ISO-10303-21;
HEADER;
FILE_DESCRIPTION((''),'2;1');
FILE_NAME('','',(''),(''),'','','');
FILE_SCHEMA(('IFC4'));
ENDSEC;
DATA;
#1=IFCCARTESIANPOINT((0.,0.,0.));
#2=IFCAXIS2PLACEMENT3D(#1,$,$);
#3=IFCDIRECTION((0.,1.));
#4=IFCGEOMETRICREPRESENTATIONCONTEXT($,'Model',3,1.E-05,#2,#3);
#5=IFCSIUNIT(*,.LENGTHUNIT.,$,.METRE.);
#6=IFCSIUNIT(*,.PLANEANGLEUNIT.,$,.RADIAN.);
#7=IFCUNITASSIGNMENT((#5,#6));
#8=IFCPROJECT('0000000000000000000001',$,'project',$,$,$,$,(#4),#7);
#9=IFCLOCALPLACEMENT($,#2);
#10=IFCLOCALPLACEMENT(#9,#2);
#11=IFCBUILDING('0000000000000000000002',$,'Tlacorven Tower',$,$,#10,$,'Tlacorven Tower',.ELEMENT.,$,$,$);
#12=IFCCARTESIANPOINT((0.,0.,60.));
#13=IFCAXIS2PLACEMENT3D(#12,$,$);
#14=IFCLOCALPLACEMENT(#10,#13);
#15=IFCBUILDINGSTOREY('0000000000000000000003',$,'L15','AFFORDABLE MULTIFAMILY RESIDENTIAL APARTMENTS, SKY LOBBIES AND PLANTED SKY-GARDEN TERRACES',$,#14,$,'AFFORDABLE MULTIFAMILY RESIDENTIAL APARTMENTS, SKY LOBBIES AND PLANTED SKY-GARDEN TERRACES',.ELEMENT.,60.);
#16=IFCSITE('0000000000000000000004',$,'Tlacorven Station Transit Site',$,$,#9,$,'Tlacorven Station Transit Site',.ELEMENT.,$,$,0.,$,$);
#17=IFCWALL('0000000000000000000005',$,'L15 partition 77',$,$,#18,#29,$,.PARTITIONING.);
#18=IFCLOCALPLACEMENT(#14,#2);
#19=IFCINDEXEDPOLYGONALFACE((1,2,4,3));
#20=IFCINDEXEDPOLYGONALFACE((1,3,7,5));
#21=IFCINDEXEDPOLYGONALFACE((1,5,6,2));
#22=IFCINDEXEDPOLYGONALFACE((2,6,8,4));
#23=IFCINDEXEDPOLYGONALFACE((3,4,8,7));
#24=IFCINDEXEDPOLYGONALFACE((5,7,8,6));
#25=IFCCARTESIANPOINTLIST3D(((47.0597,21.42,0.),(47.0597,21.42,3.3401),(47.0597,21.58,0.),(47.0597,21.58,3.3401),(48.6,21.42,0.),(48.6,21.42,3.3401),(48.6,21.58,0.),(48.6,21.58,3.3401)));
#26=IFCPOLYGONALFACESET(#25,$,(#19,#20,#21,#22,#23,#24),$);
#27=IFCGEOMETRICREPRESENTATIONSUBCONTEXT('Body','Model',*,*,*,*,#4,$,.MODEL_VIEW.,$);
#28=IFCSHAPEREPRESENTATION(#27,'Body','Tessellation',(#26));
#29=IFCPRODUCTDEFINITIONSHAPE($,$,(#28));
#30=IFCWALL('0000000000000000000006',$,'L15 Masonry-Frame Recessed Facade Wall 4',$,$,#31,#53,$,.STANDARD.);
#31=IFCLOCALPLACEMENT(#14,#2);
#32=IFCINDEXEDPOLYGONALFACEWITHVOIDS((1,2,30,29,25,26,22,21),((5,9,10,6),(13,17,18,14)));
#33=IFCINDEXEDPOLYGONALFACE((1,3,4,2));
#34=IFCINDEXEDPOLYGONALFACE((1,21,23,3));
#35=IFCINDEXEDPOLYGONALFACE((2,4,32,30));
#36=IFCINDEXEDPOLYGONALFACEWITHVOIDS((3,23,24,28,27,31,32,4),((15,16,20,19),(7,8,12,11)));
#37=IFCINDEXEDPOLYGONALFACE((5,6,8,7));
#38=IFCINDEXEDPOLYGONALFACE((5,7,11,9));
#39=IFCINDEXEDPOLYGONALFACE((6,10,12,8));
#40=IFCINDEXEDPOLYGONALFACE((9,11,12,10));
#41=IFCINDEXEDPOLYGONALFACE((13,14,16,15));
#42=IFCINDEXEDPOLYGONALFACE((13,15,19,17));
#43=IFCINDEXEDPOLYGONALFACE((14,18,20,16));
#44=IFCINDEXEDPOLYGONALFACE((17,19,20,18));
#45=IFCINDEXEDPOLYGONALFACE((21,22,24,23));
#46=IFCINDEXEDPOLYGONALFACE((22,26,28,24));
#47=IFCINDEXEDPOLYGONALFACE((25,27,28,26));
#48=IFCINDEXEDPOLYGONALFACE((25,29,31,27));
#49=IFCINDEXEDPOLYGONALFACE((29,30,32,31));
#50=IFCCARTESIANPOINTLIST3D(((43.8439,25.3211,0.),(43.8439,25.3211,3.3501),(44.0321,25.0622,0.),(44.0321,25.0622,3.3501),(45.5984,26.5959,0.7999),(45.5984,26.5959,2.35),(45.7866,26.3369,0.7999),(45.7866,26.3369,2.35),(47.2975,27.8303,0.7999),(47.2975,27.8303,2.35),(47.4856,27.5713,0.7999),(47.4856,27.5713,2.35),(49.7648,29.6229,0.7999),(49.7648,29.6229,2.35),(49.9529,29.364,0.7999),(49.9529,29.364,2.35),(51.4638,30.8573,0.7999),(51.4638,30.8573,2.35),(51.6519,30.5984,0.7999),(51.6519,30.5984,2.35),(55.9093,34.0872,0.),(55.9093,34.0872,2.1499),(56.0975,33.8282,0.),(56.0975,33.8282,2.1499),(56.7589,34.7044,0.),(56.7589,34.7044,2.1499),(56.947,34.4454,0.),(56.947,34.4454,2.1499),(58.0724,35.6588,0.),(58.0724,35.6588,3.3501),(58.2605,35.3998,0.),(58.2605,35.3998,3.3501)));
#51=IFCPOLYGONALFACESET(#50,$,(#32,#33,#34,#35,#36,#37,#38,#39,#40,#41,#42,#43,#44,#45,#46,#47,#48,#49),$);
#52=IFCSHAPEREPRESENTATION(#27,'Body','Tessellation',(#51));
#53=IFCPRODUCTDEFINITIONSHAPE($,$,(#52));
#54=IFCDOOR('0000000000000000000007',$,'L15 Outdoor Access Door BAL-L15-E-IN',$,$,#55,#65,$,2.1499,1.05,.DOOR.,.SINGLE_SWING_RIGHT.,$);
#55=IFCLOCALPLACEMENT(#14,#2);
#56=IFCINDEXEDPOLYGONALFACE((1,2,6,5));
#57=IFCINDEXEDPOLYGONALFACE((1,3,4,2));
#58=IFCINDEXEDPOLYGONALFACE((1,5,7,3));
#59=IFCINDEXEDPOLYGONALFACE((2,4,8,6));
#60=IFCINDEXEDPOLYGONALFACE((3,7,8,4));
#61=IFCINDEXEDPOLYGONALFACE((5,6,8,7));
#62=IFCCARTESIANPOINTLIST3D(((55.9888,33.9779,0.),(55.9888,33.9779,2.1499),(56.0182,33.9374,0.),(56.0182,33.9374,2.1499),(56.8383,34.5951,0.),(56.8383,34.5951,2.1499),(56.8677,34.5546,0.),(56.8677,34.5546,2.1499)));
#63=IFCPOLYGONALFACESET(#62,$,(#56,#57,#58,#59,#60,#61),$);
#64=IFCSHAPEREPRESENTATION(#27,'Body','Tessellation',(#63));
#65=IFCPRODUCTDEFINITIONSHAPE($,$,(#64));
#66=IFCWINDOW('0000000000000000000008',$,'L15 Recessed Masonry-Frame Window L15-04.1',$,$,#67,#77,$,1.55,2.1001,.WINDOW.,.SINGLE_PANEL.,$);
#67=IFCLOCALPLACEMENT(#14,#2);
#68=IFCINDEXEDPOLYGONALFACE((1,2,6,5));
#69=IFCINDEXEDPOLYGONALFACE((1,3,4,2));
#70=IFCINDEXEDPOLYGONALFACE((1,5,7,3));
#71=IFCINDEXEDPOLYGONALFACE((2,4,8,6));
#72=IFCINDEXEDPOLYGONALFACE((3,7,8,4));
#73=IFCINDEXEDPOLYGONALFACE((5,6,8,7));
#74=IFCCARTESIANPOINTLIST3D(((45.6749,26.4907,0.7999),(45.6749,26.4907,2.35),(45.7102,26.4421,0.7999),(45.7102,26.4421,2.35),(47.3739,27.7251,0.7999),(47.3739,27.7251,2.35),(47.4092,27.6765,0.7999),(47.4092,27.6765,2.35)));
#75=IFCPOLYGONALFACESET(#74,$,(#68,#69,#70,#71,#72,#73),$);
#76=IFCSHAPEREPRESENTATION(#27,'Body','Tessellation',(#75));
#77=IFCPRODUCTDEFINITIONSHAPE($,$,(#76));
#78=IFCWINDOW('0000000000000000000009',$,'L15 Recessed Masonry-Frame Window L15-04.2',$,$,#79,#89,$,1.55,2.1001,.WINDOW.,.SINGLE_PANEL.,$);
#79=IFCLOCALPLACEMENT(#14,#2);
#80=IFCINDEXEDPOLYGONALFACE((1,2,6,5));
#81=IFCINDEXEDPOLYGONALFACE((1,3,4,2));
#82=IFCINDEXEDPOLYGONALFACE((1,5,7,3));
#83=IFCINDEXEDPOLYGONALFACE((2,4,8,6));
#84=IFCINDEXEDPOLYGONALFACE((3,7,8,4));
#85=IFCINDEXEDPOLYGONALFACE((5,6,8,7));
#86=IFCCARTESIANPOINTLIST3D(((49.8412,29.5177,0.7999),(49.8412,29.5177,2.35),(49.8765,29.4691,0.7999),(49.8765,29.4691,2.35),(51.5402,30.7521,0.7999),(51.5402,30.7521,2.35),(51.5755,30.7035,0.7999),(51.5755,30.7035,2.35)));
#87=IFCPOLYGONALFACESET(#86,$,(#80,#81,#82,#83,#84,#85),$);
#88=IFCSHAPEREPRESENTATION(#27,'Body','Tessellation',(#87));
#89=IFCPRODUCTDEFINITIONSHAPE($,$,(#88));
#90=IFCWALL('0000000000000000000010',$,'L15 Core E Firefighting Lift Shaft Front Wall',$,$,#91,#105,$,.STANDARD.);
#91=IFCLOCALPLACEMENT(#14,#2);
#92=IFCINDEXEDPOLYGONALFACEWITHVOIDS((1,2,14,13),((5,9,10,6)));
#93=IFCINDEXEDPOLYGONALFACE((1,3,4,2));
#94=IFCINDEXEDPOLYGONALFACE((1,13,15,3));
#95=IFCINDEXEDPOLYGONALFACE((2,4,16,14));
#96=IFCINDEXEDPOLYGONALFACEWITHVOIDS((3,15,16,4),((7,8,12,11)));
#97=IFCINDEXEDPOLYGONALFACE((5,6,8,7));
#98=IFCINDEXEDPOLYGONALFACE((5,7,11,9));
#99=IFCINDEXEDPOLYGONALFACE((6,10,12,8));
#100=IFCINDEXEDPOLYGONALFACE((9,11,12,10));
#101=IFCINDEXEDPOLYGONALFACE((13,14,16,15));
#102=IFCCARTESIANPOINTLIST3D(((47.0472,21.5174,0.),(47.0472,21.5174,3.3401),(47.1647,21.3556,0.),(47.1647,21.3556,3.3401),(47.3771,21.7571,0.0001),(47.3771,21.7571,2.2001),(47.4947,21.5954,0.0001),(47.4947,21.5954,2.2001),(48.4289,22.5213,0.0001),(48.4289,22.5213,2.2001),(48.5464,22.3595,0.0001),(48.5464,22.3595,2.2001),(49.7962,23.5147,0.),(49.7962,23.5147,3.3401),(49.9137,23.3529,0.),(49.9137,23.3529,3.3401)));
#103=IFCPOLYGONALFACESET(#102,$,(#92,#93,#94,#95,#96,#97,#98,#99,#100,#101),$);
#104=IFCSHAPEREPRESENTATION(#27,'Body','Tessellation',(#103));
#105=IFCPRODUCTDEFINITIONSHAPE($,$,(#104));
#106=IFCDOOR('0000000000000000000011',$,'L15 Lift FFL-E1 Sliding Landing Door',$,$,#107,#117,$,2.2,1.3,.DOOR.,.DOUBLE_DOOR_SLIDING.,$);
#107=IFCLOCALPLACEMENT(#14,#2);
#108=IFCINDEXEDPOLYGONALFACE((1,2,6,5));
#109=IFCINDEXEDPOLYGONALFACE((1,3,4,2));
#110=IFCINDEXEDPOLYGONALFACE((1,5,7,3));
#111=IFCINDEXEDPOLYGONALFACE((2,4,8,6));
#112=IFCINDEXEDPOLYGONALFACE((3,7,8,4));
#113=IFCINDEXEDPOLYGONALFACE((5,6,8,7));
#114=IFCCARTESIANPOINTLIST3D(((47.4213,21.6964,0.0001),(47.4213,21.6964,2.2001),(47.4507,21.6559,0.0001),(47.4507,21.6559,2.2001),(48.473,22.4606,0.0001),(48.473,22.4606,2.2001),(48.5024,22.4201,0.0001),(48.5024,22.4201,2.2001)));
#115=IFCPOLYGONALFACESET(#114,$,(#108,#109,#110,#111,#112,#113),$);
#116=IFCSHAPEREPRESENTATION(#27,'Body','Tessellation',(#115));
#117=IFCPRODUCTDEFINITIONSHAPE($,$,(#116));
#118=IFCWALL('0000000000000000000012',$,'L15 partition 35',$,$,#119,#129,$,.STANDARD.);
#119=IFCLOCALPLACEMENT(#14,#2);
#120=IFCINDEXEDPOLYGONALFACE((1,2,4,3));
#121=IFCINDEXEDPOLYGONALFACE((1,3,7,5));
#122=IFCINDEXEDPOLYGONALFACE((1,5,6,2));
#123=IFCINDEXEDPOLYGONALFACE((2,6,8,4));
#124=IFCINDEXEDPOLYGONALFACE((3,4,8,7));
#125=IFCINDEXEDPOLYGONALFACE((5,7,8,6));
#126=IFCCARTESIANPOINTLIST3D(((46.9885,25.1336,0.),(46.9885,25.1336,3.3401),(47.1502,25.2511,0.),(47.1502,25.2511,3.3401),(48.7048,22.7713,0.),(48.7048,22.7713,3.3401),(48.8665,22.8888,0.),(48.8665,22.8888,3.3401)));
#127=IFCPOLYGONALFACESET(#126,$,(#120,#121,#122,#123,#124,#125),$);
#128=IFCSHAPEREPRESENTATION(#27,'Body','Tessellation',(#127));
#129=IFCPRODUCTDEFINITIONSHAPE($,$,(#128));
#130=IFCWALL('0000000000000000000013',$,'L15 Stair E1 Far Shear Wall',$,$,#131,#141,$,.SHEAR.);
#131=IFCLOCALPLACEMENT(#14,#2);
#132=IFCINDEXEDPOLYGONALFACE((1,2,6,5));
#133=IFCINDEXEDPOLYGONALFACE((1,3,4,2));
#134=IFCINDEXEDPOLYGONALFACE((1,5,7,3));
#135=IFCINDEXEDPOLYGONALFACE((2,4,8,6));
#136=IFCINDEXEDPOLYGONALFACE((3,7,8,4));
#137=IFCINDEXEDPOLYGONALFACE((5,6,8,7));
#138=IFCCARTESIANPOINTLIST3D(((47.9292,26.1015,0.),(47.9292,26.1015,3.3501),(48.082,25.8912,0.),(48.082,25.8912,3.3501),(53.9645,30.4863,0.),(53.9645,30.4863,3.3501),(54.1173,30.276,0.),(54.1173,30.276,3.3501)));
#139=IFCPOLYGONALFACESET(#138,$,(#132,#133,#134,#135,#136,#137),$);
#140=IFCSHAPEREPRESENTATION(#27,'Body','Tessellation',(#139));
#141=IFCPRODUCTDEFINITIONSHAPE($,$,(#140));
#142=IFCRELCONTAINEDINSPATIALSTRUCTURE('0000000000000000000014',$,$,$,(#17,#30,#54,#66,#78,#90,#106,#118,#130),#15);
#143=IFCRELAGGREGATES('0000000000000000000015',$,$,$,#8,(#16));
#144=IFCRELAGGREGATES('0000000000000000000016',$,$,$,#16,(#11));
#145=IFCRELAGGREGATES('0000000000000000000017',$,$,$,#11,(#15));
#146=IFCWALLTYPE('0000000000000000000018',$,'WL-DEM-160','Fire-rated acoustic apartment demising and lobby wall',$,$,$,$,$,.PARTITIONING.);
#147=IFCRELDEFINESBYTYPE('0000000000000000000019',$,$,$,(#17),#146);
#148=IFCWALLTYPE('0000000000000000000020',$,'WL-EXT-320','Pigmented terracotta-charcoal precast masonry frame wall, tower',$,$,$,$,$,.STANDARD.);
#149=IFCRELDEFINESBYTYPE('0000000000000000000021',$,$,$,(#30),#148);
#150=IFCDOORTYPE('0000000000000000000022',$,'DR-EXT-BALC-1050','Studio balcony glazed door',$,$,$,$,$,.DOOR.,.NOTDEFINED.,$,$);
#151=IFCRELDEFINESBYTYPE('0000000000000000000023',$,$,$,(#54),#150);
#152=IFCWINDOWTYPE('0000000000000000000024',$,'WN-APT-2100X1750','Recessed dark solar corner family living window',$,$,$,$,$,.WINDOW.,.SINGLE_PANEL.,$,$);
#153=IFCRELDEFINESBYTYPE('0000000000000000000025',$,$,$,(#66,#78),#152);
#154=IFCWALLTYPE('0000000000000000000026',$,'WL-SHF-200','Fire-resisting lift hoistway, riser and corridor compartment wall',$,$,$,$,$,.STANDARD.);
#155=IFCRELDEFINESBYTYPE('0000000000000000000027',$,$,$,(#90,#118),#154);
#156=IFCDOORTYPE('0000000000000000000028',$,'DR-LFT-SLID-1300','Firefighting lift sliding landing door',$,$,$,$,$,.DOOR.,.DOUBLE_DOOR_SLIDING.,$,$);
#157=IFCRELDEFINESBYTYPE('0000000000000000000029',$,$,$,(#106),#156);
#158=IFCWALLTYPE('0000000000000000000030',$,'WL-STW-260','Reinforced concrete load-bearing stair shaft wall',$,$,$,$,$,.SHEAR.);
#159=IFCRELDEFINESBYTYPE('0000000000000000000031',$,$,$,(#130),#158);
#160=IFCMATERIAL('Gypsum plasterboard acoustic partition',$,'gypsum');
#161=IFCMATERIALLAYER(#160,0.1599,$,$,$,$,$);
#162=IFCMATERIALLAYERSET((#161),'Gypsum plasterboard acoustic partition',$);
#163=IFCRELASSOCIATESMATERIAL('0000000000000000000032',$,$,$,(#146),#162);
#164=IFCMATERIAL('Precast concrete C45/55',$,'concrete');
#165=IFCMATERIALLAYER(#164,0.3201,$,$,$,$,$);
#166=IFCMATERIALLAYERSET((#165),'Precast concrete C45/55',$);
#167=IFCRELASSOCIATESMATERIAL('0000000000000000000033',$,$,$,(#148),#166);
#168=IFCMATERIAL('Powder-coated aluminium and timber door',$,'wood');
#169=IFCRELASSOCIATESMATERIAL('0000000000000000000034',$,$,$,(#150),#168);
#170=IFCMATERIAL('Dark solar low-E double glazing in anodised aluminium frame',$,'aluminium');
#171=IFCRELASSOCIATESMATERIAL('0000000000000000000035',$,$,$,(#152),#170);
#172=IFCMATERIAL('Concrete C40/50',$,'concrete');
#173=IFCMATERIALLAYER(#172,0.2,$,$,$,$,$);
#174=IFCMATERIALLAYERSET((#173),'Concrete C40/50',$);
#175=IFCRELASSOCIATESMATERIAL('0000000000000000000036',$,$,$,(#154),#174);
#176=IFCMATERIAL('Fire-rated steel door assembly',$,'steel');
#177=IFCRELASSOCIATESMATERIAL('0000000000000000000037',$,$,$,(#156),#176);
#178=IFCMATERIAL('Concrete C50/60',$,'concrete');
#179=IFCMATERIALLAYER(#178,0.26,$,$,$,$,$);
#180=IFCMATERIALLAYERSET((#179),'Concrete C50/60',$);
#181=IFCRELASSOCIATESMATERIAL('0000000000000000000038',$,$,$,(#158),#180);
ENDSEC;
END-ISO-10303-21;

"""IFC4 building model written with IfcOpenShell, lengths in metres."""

from ifc_helpers import new_model, si_unit, direction, frame, frame_2d, origin, place, context, subcontext, project, spatial, rectangle, extrude, source, transform, mapped, material, layer, layer_set, type_object, element, fill, save


model = new_model("IFC4")

# Units and contexts
model_context = context("Model", 3, precision=1e-05, world=origin(), true_north=direction((0.0, 1.0)))
body_context = subcontext(model_context, "Body", "Model", "MODEL_VIEW")
ifc_project = project(units=[si_unit("LENGTHUNIT", "METRE"), si_unit("PLANEANGLEUNIT", "RADIAN")], contexts=[model_context])

# Site, building, storey
site_placement = place(None, origin())
site = spatial("IfcSite", under=ifc_project, at=site_placement, Name="Tlacorven Station Transit Site", LongName="Tlacorven Station Transit Site", CompositionType="ELEMENT", RefElevation=0.0)
building_placement = place(site_placement, origin())
building = spatial("IfcBuilding", under=site, at=building_placement, Name="Tlacorven Tower", LongName="Tlacorven Tower", CompositionType="ELEMENT")
storey_placement = place(building_placement, frame((0.0, 0.0, 60.0)))
storey = spatial("IfcBuildingStorey", under=building, at=storey_placement, Name="L15", Description="AFFORDABLE MULTIFAMILY RESIDENTIAL APARTMENTS, SKY LOBBIES AND PLANTED SKY-GARDEN TERRACES", LongName="AFFORDABLE MULTIFAMILY RESIDENTIAL APARTMENTS, SKY LOBBIES AND PLANTED SKY-GARDEN TERRACES", CompositionType="ELEMENT", Elevation=60.0)

# Wall
ifc_material_1 = material(Name="Gypsum plasterboard acoustic partition", Category="gypsum")
ifc_layer_1 = layer(ifc_material_1, 0.1599)
ifc_layer_set_1 = layer_set([ifc_layer_1], Name="Gypsum plasterboard acoustic partition")
wall_type_1 = type_object("IfcWallType", Name="WL-DEM-160", Description="Fire-rated acoustic apartment demising and lobby wall", PredefinedType="PARTITIONING", material=ifc_layer_set_1)
wall_1_placement = place(storey_placement, frame((47.0598, 21.5, 0.0), z_axis=(0.0, 0.0, 1.0), x_axis=(1.0, 0.0, 0.0)))
element("IfcWall", 1, at=wall_1_placement, inside=storey, type_object=wall_type_1, Name="L15 partition 77", PredefinedType="PARTITIONING", context=body_context, shape_type="SweptSolid", body=[
    extrude(rectangle(XDim=1.5403, YDim=0.1599, at=frame_2d((0.77, 0.0))), origin(), (0.0, 0.0, 1.0), 3.3401),
])

# Wall, openings, door, windows
ifc_material_2 = material(Name="Precast concrete C45/55", Category="concrete")
ifc_layer_2 = layer(ifc_material_2, 0.3201)
ifc_layer_set_2 = layer_set([ifc_layer_2], Name="Precast concrete C45/55")
wall_type_2 = type_object("IfcWallType", Name="WL-EXT-320", Description="Pigmented terracotta-charcoal precast masonry frame wall, tower", PredefinedType="STANDARD", material=ifc_layer_set_2)
wall_2_placement = place(storey_placement, frame((43.938, 25.1917, 0.0), z_axis=(0.0, 0.0, 1.0), x_axis=(0.809016, 0.587786, 0.0)))
wall_2 = element("IfcWall", 2, at=wall_2_placement, inside=storey, type_object=wall_type_2, Name="L15 Masonry-Frame Recessed Facade Wall 4", PredefinedType="STANDARD", context=body_context, shape_type="SweptSolid", body=[
    extrude(rectangle(XDim=17.5874, YDim=0.3201, at=frame_2d((8.7937, 0.0))), origin(), (0.0, 0.0, 1.0), 3.3501),
])
opening_1_placement = place(wall_2_placement, frame((14.9138, 0.0, 0.0)))
opening_1 = element("IfcOpeningElement", 3, at=opening_1_placement, cuts=wall_2, PredefinedType="OPENING", context=body_context, shape_type="SweptSolid", body=[
    extrude(rectangle(XDim=1.05, YDim=2.1499, at=frame_2d((0.5249, 1.075))), frame((0.0, 0.1699, 0.0), z_axis=(0.0, -1.0, 0.0), x_axis=(1.0, 0.0, 0.0)), (0.0, 0.0, 1.0), 0.3401),
])
opening_2_placement = place(wall_2_placement, frame((2.1687, 0.0, 0.8)))
opening_2 = element("IfcOpeningElement", 4, at=opening_2_placement, cuts=wall_2, PredefinedType="OPENING", context=body_context, shape_type="SweptSolid", body=[
    extrude(rectangle(XDim=2.1001, YDim=1.55, at=frame_2d((1.05, 0.7749))), frame((0.0, 0.1699, 0.0), z_axis=(0.0, -1.0, 0.0), x_axis=(1.0, 0.0, 0.0)), (0.0, 0.0, 1.0), 0.3401),
])
opening_3_placement = place(wall_2_placement, frame((7.3186, 0.0, 0.8)))
opening_3 = element("IfcOpeningElement", 5, at=opening_3_placement, cuts=wall_2, PredefinedType="OPENING", context=body_context, shape_type="SweptSolid", body=[
    extrude(rectangle(XDim=2.1001, YDim=1.55, at=frame_2d((1.05, 0.7749))), frame((0.0, 0.1699, 0.0), z_axis=(0.0, -1.0, 0.0), x_axis=(1.0, 0.0, 0.0)), (0.0, 0.0, 1.0), 0.3401),
])
ifc_material_3 = material(Name="Powder-coated aluminium and timber door", Category="wood")
door_type_1 = type_object("IfcDoorType", Name="DR-EXT-BALC-1050", Description="Studio balcony glazed door", OperationType="NOTDEFINED", PredefinedType="DOOR", material=ifc_material_3)
shared_shape_1 = source(origin(), body_context, "Body", "SweptSolid", [
    extrude(rectangle(XDim=1.05, YDim=2.1499, at=frame_2d((0.5249, 1.075))), frame((0.0, 0.0249, 0.0), z_axis=(0.0, -1.0, 0.0), x_axis=(1.0, 0.0, 0.0)), (0.0, 0.0, 1.0), 0.05),
])
door_1_placement = place(opening_1_placement, origin())
door_1 = element("IfcDoor", 6, at=door_1_placement, inside=storey, type_object=door_type_1, Name="L15 Outdoor Access Door BAL-L15-E-IN", OperationType="SINGLE_SWING_RIGHT", OverallHeight=2.1499, OverallWidth=1.05, PredefinedType="DOOR", context=body_context, shape_type="MappedRepresentation", body=[
    mapped(shared_shape_1, transform((0.0, 0.0, 0.0), scale=1.0)),
])
fill(opening_1, door_1)
ifc_material_4 = material(Name="Dark solar low-E double glazing in anodised aluminium frame", Category="aluminium")
window_type = type_object("IfcWindowType", Name="WN-APT-2100X1750", Description="Recessed dark solar corner family living window", PartitioningType="SINGLE_PANEL", PredefinedType="WINDOW", material=ifc_material_4)
shared_shape_2 = source(origin(), body_context, "Body", "SweptSolid", [
    extrude(rectangle(XDim=2.1001, YDim=1.55, at=frame_2d((1.05, 0.7749))), frame((0.0, 0.03, 0.0), z_axis=(0.0, -1.0, 0.0), x_axis=(1.0, 0.0, 0.0)), (0.0, 0.0, 1.0), 0.0601),
])
window_1_placement = place(opening_2_placement, origin())
window_1 = element("IfcWindow", 7, at=window_1_placement, inside=storey, type_object=window_type, Name="L15 Recessed Masonry-Frame Window L15-04.1", OverallHeight=1.55, OverallWidth=2.1001, PartitioningType="SINGLE_PANEL", PredefinedType="WINDOW", context=body_context, shape_type="MappedRepresentation", body=[
    mapped(shared_shape_2, transform((0.0, 0.0, 0.0), scale=1.0)),
])
fill(opening_2, window_1)
window_2_placement = place(opening_3_placement, origin())
window_2 = element("IfcWindow", 8, at=window_2_placement, inside=storey, type_object=window_type, Name="L15 Recessed Masonry-Frame Window L15-04.2", OverallHeight=1.55, OverallWidth=2.1001, PartitioningType="SINGLE_PANEL", PredefinedType="WINDOW", context=body_context, shape_type="MappedRepresentation", body=[
    mapped(shared_shape_2, transform((0.0, 0.0, 0.0), scale=1.0)),
])
fill(opening_3, window_2)

# Wall, opening, door
ifc_material_5 = material(Name="Concrete C40/50", Category="concrete")
ifc_layer_3 = layer(ifc_material_5, 0.2)
ifc_layer_set_3 = layer_set([ifc_layer_3], Name="Concrete C40/50")
wall_type_3 = type_object("IfcWallType", Name="WL-SHF-200", Description="Fire-resisting lift hoistway, riser and corridor compartment wall", PredefinedType="STANDARD", material=ifc_layer_set_3)
wall_3_placement = place(storey_placement, frame((47.106, 21.4365, 0.0), z_axis=(0.0, 0.0, 1.0), x_axis=(0.809013, 0.587791, 0.0)))
wall_3 = element("IfcWall", 9, at=wall_3_placement, inside=storey, type_object=wall_type_3, Name="L15 Core E Firefighting Lift Shaft Front Wall", PredefinedType="STANDARD", context=body_context, shape_type="SweptSolid", body=[
    extrude(rectangle(XDim=3.3979, YDim=0.2, at=frame_2d((1.699, 0.0))), origin(), (0.0, 0.0, 1.0), 3.3401),
])
opening_4_placement = place(wall_3_placement, frame((0.408, 0.0, 0.0)))
opening_4 = element("IfcOpeningElement", 10, at=opening_4_placement, cuts=wall_3, PredefinedType="OPENING", context=body_context, shape_type="SweptSolid", body=[
    extrude(rectangle(XDim=1.3, YDim=2.2, at=frame_2d((0.6499, 1.1001))), frame((0.0, 0.1099, 0.0), z_axis=(0.0, -1.0, 0.0), x_axis=(1.0, 0.0, 0.0)), (0.0, 0.0, 1.0), 0.22),
])
ifc_material_6 = material(Name="Fire-rated steel door assembly", Category="steel")
door_type_2 = type_object("IfcDoorType", Name="DR-LFT-SLID-1300", Description="Firefighting lift sliding landing door", OperationType="DOUBLE_DOOR_SLIDING", PredefinedType="DOOR", material=ifc_material_6)
shared_shape_3 = source(origin(), body_context, "Body", "SweptSolid", [
    extrude(rectangle(XDim=1.3, YDim=2.2, at=frame_2d((0.6499, 1.1001))), frame((0.0, 0.0249, 0.0), z_axis=(0.0, -1.0, 0.0), x_axis=(1.0, 0.0, 0.0)), (0.0, 0.0, 1.0), 0.05),
])
door_2_placement = place(opening_4_placement, origin())
door_2 = element("IfcDoor", 11, at=door_2_placement, inside=storey, type_object=door_type_2, Name="L15 Lift FFL-E1 Sliding Landing Door", OperationType="DOUBLE_DOOR_SLIDING", OverallHeight=2.2, OverallWidth=1.3, PredefinedType="DOOR", context=body_context, shape_type="MappedRepresentation", body=[
    mapped(shared_shape_3, transform((0.0, 0.0, 0.0), scale=1.0)),
])
fill(opening_4, door_2)

# Walls
wall_4_placement = place(storey_placement, frame((48.7856, 22.8301, 0.0), z_axis=(0.0, 0.0, 1.0), x_axis=(-0.587784, 0.809018, 0.0)))
element("IfcWall", 12, at=wall_4_placement, inside=storey, type_object=wall_type_3, Name="L15 partition 35", PredefinedType="STANDARD", context=body_context, shape_type="SweptSolid", body=[
    extrude(rectangle(XDim=2.9199, YDim=0.2, at=frame_2d((1.46, 0.0))), origin(), (0.0, 0.0, 1.0), 3.3401),
])
ifc_material_7 = material(Name="Concrete C50/60", Category="concrete")
ifc_layer_4 = layer(ifc_material_7, 0.26)
ifc_layer_set_4 = layer_set([ifc_layer_4], Name="Concrete C50/60")
wall_type_4 = type_object("IfcWallType", Name="WL-STW-260", Description="Reinforced concrete load-bearing stair shaft wall", PredefinedType="SHEAR", material=ifc_layer_set_4)
wall_5_placement = place(storey_placement, frame((48.0056, 25.9963, 0.0), z_axis=(0.0, 0.0, 1.0), x_axis=(0.809019, 0.587782, 0.0)))
element("IfcWall", 13, at=wall_5_placement, inside=storey, type_object=wall_type_4, Name="L15 Stair E1 Far Shear Wall", PredefinedType="SHEAR", context=body_context, shape_type="SweptSolid", body=[
    extrude(rectangle(XDim=7.46, YDim=0.26, at=frame_2d((3.73, 0.0))), origin(), (0.0, 0.0, 1.0), 3.3501),
])

save(model, "model.ifc")
